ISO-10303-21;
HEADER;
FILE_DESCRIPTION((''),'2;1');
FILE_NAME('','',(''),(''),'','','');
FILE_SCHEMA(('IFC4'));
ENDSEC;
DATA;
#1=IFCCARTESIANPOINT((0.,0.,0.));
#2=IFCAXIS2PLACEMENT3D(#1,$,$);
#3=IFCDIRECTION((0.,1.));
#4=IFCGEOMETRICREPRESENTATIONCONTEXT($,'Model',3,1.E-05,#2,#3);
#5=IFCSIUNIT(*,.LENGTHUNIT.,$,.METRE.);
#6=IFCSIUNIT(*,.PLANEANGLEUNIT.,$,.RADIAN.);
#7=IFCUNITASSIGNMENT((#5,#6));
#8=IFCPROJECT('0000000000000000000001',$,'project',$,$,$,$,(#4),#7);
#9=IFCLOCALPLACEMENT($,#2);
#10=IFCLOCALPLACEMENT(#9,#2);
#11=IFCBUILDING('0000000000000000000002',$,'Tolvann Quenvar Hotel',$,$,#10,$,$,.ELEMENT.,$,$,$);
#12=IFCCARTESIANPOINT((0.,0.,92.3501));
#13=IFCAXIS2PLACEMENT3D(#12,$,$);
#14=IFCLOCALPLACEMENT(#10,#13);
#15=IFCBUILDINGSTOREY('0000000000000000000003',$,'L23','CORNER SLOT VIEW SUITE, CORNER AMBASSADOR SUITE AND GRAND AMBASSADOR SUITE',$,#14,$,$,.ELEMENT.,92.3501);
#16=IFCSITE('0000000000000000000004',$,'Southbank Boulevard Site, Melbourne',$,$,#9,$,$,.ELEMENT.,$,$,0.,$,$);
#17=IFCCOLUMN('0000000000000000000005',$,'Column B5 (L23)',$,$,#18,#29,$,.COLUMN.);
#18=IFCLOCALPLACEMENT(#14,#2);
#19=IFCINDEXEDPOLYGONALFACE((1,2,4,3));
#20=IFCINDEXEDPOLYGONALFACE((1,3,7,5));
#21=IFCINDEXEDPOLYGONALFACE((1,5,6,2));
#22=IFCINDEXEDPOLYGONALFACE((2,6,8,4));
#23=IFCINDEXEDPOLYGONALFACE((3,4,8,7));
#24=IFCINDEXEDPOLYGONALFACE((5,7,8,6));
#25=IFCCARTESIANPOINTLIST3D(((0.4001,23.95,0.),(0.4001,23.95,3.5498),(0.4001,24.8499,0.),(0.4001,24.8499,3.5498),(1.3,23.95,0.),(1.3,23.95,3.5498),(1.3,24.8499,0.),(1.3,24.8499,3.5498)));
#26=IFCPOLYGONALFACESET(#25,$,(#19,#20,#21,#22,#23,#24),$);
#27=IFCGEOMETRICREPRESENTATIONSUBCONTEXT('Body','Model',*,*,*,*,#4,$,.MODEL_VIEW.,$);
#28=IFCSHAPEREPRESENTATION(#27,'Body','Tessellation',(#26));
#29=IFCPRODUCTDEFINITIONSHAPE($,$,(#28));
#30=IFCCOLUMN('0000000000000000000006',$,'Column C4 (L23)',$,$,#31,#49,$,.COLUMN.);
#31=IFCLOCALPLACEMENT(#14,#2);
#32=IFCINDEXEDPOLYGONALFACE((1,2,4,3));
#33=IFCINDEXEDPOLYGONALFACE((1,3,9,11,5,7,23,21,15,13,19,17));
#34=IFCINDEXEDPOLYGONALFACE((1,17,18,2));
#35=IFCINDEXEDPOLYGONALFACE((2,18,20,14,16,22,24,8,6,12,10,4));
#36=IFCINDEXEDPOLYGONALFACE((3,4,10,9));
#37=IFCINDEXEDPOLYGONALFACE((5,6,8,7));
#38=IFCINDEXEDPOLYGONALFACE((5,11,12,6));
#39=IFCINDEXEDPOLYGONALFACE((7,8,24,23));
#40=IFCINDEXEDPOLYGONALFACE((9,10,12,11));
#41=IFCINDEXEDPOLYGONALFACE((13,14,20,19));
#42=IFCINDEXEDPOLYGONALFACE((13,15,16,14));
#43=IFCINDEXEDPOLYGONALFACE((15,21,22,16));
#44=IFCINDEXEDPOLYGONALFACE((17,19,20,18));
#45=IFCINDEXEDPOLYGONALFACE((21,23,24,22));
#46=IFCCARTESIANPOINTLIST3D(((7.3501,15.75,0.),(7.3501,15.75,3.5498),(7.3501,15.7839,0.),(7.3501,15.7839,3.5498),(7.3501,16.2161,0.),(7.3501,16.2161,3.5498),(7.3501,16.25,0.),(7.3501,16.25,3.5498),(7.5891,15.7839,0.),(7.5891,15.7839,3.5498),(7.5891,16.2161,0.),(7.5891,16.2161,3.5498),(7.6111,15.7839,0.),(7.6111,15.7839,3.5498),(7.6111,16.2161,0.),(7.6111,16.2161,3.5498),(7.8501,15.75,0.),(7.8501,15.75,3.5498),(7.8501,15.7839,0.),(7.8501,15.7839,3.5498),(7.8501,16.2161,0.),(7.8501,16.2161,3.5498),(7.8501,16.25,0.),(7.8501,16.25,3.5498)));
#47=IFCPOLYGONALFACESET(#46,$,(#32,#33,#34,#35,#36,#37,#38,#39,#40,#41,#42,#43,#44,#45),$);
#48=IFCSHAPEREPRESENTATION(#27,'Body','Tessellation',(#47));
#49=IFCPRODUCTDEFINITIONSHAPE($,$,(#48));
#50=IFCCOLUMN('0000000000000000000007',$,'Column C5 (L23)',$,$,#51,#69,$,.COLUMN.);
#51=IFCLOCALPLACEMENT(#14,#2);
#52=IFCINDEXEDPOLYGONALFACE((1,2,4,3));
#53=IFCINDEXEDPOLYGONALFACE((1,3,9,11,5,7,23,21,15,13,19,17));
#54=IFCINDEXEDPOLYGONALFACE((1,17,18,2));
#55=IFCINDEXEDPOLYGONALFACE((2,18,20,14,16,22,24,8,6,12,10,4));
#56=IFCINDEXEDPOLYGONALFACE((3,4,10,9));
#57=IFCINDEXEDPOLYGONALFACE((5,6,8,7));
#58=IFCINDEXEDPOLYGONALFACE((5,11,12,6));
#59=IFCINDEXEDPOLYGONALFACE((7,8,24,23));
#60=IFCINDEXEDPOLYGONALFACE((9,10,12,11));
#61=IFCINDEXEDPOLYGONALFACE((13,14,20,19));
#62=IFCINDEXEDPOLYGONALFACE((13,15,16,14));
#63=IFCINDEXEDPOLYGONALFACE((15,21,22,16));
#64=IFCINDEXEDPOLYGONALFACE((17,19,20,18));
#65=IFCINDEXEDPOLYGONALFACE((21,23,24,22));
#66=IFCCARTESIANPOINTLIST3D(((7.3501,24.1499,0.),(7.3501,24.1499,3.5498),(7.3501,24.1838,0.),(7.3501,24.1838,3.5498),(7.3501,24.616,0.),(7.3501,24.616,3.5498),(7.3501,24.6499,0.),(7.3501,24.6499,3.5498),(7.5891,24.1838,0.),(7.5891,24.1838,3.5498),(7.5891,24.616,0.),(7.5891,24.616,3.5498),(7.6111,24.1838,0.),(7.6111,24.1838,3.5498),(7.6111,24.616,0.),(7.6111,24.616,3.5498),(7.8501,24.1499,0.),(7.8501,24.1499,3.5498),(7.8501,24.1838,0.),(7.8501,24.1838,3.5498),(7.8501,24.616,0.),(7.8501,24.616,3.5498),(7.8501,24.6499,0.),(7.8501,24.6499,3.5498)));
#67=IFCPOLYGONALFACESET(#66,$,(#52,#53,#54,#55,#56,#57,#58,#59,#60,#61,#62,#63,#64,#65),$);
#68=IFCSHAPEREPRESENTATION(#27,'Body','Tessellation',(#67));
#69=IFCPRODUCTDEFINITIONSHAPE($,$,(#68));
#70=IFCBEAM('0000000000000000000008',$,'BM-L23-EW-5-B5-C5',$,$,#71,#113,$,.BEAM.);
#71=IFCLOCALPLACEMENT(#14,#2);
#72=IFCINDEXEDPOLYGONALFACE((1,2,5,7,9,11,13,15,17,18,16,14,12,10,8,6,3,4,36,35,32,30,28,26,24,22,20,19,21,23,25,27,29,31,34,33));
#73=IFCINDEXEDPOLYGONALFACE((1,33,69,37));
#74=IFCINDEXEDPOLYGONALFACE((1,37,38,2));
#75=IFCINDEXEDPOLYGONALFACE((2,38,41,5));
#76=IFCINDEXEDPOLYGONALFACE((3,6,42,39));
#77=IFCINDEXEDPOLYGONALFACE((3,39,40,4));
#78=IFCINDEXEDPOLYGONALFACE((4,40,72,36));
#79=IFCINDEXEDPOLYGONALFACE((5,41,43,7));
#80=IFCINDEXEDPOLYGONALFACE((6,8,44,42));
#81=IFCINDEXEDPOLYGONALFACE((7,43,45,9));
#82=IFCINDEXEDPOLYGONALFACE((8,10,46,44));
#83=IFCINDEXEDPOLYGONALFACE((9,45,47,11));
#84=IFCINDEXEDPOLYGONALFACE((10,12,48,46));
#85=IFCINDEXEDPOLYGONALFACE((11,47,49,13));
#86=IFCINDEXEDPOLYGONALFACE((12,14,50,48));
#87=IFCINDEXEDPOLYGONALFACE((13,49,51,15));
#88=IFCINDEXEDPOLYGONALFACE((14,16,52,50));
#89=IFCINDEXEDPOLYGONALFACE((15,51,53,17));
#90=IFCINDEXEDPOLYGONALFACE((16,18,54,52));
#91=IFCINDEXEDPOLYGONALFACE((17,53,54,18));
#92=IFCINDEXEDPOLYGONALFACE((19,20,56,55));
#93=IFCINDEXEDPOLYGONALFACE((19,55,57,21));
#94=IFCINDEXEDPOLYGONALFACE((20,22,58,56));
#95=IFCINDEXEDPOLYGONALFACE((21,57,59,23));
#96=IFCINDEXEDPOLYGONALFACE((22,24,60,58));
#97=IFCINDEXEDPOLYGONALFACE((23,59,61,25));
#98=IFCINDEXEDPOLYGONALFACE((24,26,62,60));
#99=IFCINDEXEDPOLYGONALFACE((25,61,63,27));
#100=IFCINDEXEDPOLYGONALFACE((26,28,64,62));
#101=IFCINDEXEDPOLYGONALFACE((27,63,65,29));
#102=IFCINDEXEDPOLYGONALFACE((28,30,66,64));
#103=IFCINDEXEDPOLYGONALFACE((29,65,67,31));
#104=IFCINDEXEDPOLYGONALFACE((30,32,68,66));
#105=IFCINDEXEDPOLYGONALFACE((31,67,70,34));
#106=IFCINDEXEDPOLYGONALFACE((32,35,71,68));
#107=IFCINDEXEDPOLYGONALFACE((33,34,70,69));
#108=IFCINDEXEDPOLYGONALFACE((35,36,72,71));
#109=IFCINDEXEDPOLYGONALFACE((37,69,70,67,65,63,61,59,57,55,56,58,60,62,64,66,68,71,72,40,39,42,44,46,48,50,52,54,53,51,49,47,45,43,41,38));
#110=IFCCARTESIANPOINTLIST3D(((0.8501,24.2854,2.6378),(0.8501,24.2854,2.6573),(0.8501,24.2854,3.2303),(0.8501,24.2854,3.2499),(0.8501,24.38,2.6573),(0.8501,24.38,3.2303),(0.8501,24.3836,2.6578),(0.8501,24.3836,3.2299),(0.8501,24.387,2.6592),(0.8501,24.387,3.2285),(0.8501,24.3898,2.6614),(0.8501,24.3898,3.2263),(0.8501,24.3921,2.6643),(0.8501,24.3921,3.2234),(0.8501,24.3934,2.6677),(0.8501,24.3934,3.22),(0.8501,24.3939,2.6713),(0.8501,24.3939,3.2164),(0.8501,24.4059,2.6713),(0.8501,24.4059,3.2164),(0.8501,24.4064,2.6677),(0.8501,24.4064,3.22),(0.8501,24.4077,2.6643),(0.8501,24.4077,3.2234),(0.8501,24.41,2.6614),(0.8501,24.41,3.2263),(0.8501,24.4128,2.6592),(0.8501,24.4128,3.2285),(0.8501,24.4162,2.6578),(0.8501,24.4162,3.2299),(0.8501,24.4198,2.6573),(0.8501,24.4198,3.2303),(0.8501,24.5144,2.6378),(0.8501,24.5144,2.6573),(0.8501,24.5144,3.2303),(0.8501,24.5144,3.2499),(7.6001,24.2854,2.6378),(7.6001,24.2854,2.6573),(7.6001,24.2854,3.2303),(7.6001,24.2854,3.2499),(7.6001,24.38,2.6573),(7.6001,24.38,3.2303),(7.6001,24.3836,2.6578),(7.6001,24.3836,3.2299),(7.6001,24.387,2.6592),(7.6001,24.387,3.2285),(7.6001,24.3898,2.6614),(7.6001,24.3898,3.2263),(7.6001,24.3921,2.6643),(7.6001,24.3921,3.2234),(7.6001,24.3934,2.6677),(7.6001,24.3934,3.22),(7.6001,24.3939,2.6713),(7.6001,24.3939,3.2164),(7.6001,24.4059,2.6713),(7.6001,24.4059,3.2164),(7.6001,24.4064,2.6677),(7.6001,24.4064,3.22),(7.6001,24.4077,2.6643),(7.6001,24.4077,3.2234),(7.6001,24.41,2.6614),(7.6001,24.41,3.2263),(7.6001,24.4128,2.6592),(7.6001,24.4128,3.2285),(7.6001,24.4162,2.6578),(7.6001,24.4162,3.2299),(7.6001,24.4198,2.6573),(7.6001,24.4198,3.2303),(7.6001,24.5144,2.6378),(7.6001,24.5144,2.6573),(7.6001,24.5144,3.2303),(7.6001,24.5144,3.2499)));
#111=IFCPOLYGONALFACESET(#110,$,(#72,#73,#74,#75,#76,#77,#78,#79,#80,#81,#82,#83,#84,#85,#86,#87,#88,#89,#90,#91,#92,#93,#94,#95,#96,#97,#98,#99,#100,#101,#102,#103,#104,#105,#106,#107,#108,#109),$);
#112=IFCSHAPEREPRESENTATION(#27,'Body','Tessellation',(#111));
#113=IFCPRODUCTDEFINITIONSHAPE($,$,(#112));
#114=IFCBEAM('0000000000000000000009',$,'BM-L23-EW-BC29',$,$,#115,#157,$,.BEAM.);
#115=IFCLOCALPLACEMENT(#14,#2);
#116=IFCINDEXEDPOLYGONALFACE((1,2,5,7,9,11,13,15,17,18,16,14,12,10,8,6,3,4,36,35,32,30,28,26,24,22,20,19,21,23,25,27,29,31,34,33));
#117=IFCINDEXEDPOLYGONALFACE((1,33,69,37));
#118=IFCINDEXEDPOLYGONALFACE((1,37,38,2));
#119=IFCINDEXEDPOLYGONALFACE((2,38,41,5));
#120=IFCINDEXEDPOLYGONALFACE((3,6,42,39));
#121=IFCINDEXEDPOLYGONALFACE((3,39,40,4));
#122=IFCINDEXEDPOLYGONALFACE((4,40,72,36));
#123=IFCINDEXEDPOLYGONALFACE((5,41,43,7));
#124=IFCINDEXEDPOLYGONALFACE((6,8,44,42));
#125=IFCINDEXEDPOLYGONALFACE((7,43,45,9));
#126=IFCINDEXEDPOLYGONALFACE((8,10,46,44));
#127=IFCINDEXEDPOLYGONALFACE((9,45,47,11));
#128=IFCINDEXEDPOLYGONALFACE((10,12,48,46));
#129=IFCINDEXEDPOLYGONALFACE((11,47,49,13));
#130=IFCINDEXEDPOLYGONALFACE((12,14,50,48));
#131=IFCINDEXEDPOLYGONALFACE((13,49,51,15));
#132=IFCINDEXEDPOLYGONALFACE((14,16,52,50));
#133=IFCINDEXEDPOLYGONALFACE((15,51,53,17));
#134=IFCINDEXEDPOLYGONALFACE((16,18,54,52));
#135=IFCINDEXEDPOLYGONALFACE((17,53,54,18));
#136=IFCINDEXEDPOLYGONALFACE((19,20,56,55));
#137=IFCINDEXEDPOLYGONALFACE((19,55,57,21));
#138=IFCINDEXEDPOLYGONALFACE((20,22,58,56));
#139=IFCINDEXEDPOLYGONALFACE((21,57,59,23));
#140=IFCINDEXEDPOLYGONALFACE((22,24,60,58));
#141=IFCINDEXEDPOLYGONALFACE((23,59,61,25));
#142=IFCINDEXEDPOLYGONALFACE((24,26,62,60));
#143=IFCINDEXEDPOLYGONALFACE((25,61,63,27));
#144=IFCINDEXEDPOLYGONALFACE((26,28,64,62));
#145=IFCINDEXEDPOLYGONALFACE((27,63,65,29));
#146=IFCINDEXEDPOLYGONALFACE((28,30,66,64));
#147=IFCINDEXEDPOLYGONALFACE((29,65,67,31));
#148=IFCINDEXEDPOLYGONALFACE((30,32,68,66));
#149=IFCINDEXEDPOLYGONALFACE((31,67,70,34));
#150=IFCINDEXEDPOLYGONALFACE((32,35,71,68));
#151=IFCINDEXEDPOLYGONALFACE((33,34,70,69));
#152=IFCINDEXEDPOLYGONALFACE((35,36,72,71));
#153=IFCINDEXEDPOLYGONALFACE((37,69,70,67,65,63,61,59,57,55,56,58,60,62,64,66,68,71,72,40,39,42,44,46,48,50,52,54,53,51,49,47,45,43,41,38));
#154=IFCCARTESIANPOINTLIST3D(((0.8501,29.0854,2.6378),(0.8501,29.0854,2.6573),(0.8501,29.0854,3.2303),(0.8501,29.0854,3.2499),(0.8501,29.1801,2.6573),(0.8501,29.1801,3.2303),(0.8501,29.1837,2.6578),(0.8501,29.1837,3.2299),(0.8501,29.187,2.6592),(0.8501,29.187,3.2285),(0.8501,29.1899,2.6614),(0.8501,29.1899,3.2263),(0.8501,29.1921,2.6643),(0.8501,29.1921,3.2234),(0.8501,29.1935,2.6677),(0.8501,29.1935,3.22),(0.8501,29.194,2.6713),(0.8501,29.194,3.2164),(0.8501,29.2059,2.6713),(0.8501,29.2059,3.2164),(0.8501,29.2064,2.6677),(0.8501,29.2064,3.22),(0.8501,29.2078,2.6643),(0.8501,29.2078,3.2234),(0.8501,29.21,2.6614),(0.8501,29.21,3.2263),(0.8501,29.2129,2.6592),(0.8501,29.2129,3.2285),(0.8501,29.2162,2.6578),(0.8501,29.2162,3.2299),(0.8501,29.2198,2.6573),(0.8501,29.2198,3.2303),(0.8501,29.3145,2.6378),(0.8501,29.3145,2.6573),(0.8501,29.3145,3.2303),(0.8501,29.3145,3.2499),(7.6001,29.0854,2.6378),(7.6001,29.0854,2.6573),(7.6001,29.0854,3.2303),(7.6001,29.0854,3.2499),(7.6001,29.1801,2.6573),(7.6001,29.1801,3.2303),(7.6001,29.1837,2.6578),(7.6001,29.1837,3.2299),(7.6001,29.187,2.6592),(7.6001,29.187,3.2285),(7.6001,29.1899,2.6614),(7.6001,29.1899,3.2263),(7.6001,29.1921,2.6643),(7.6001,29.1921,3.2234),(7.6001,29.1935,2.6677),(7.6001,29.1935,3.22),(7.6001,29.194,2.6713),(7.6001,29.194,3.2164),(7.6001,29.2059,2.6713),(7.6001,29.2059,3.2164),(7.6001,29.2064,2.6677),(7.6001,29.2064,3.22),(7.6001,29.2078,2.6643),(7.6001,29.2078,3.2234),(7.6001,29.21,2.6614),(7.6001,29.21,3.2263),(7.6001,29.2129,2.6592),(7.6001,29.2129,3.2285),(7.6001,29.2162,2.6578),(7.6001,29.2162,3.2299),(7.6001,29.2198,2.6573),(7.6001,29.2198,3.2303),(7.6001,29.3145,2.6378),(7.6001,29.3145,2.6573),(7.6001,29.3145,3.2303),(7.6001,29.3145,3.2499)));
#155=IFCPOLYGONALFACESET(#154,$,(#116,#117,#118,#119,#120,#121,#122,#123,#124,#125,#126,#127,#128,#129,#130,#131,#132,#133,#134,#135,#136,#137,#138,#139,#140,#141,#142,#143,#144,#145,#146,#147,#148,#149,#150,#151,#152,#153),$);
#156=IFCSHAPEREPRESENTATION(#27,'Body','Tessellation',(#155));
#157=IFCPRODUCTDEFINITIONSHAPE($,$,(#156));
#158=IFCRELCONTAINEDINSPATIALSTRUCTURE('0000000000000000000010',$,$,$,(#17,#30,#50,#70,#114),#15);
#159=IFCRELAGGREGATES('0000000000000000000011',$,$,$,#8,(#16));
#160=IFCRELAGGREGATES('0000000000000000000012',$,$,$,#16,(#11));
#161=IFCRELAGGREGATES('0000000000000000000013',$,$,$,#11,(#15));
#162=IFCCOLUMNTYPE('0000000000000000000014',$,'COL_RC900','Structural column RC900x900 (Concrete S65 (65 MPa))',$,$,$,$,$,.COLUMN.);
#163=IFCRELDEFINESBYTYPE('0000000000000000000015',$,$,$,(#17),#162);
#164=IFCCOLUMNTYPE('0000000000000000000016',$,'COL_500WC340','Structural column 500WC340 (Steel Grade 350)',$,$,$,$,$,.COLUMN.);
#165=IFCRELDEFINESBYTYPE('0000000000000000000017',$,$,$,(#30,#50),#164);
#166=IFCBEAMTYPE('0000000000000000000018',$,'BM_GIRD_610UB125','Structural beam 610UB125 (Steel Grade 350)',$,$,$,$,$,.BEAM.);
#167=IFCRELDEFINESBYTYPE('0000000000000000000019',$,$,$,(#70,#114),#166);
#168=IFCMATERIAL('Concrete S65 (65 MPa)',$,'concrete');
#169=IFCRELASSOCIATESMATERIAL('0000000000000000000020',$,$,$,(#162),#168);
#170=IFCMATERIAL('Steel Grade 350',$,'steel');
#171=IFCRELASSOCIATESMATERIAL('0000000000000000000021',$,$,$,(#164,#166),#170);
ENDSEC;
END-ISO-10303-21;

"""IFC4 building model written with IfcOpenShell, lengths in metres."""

from ifc_helpers import new_model, si_unit, direction, frame, origin, origin_2d, place, context, subcontext, project, spatial, rectangle, i_section, extrude, source, transform, mapped, material, material_profile, profile_set, type_object, type_shapes, element, save


model = new_model("IFC4")

# Units and contexts
model_context = context("Model", 3, precision=1e-05, world=origin(), true_north=direction((0.0, 1.0)))
body_context = subcontext(model_context, "Body", "Model", "MODEL_VIEW")
ifc_project = project(units=[si_unit("LENGTHUNIT", "METRE"), si_unit("PLANEANGLEUNIT", "RADIAN")], contexts=[model_context])

# Site, building, storey
site_placement = place(None, origin())
site = spatial("IfcSite", under=ifc_project, at=site_placement, Name="Southbank Boulevard Site, Melbourne", CompositionType="ELEMENT", RefElevation=0.0)
building_placement = place(site_placement, origin())
building = spatial("IfcBuilding", under=site, at=building_placement, Name="Tolvann Quenvar Hotel", CompositionType="ELEMENT")
storey_placement = place(building_placement, frame((0.0, 0.0, 92.3501)))
storey = spatial("IfcBuildingStorey", under=building, at=storey_placement, Name="L23", Description="CORNER SLOT VIEW SUITE, CORNER AMBASSADOR SUITE AND GRAND AMBASSADOR SUITE", CompositionType="ELEMENT", Elevation=92.3501)

# Columns
ifc_material_1 = material(Name="Concrete S65 (65 MPa)", Category="concrete")
ifc_material_profile_1 = material_profile(ifc_material_1, rectangle(XDim=0.8999, YDim=0.8999, at=origin_2d()), Name="RC900x900")
ifc_profile_set_1 = profile_set([ifc_material_profile_1], Name="Concrete S65 (65 MPa)")
column_type_1 = type_object("IfcColumnType", Name="COL_RC900", Description="Structural column RC900x900 (Concrete S65 (65 MPa))", PredefinedType="COLUMN", material=ifc_profile_set_1)
shared_shape_1 = source(origin(), body_context, "Body", "SweptSolid", [
    extrude(rectangle(XDim=0.8999, YDim=0.8999, at=origin_2d()), origin(), (0.0, 0.0, 1.0), 3.5498),
])
type_shapes(column_type_1, [shared_shape_1])
column_placement = place(storey_placement, frame((0.8501, 24.3999, 0.0), z_axis=(0.0, 0.0, 1.0), x_axis=(1.0, 0.0, 0.0)))
element("IfcColumn", 1, at=column_placement, inside=storey, type_object=column_type_1, Name="Column B5 (L23)", PredefinedType="COLUMN", context=body_context, shape_type="MappedRepresentation", body=[
    mapped(shared_shape_1, transform((0.0, 0.0, 0.0), x_axis=(1.0, 0.0, 0.0), y_axis=(0.0, 1.0, 0.0), z_axis=(0.0, 0.0, 1.0), scale=1.0)),
])
ifc_material_2 = material(Name="Steel Grade 350", Category="steel")
ifc_material_profile_2 = material_profile(ifc_material_2, i_section(OverallWidth=0.5, OverallDepth=0.5, WebThickness=0.022, FlangeThickness=0.0339, at=origin_2d()), Name="500WC340")
ifc_profile_set_2 = profile_set([ifc_material_profile_2], Name="Steel Grade 350")
column_type_2 = type_object("IfcColumnType", Name="COL_500WC340", Description="Structural column 500WC340 (Steel Grade 350)", PredefinedType="COLUMN", material=ifc_profile_set_2)
shared_shape_2 = source(origin(), body_context, "Body", "SweptSolid", [
    extrude(i_section(OverallWidth=0.5, OverallDepth=0.5, WebThickness=0.022, FlangeThickness=0.0339, at=origin_2d()), origin(), (0.0, 0.0, 1.0), 3.5498),
])
type_shapes(column_type_2, [shared_shape_2])
for number, where, z_axis, x_axis, name in (
    (2, (7.6001, 16.0, 0.0), (0.0, 0.0, 1.0), (1.0, 0.0, 0.0), "Column C4 (L23)"),
    (3, (7.6001, 24.3999, 0.0), (0.0, 0.0, 1.0), (1.0, 0.0, 0.0), "Column C5 (L23)"),
):
    element("IfcColumn", number, at=place(storey_placement, frame(where, z_axis=z_axis, x_axis=x_axis)), inside=storey, type_object=column_type_2, Name=name, PredefinedType="COLUMN", context=body_context, shape_type="MappedRepresentation", body=[
        mapped(shared_shape_2, transform((0.0, 0.0, 0.0), x_axis=(1.0, 0.0, 0.0), y_axis=(0.0, 1.0, 0.0), z_axis=(0.0, 0.0, 1.0), scale=1.0)),
    ])

# Beams
ifc_material_profile_3 = material_profile(ifc_material_2, i_section(OverallWidth=0.229, OverallDepth=0.6121, WebThickness=0.012, FlangeThickness=0.0195, FilletRadius=0.0139, at=origin_2d()), Name="610UB125")
ifc_profile_set_3 = profile_set([ifc_material_profile_3], Name="Steel Grade 350")
beam_type_1 = type_object("IfcBeamType", Name="BM_GIRD_610UB125", Description="Structural beam 610UB125 (Steel Grade 350)", PredefinedType="BEAM", material=ifc_profile_set_3)
shared_shape_3 = source(origin(), body_context, "Body", "SweptSolid", [
    extrude(i_section(OverallWidth=0.229, OverallDepth=0.6121, WebThickness=0.012, FlangeThickness=0.0195, FilletRadius=0.0139, at=origin_2d()), origin(), (0.0, 0.0, 1.0), 6.75),
])
for number, where, z_axis, x_axis, name in (
    (4, (0.8501, 24.3999, 2.9438), (1.0, 0.0, 0.0), (0.0, 1.0, 0.0), "BM-L23-EW-5-B5-C5"),
    (5, (0.8501, 29.2, 2.9438), (1.0, 0.0, 0.0), (0.0, 1.0, 0.0), "BM-L23-EW-BC29"),
):
    element("IfcBeam", number, at=place(storey_placement, frame(where, z_axis=z_axis, x_axis=x_axis)), inside=storey, type_object=beam_type_1, Name=name, PredefinedType="BEAM", context=body_context, shape_type="MappedRepresentation", body=[
        mapped(shared_shape_3, transform((0.0, 0.0, 0.0), x_axis=(1.0, 0.0, 0.0), y_axis=(0.0, 1.0, 0.0), z_axis=(0.0, 0.0, 1.0), scale=1.0)),
    ])

save(model, "model.ifc")
